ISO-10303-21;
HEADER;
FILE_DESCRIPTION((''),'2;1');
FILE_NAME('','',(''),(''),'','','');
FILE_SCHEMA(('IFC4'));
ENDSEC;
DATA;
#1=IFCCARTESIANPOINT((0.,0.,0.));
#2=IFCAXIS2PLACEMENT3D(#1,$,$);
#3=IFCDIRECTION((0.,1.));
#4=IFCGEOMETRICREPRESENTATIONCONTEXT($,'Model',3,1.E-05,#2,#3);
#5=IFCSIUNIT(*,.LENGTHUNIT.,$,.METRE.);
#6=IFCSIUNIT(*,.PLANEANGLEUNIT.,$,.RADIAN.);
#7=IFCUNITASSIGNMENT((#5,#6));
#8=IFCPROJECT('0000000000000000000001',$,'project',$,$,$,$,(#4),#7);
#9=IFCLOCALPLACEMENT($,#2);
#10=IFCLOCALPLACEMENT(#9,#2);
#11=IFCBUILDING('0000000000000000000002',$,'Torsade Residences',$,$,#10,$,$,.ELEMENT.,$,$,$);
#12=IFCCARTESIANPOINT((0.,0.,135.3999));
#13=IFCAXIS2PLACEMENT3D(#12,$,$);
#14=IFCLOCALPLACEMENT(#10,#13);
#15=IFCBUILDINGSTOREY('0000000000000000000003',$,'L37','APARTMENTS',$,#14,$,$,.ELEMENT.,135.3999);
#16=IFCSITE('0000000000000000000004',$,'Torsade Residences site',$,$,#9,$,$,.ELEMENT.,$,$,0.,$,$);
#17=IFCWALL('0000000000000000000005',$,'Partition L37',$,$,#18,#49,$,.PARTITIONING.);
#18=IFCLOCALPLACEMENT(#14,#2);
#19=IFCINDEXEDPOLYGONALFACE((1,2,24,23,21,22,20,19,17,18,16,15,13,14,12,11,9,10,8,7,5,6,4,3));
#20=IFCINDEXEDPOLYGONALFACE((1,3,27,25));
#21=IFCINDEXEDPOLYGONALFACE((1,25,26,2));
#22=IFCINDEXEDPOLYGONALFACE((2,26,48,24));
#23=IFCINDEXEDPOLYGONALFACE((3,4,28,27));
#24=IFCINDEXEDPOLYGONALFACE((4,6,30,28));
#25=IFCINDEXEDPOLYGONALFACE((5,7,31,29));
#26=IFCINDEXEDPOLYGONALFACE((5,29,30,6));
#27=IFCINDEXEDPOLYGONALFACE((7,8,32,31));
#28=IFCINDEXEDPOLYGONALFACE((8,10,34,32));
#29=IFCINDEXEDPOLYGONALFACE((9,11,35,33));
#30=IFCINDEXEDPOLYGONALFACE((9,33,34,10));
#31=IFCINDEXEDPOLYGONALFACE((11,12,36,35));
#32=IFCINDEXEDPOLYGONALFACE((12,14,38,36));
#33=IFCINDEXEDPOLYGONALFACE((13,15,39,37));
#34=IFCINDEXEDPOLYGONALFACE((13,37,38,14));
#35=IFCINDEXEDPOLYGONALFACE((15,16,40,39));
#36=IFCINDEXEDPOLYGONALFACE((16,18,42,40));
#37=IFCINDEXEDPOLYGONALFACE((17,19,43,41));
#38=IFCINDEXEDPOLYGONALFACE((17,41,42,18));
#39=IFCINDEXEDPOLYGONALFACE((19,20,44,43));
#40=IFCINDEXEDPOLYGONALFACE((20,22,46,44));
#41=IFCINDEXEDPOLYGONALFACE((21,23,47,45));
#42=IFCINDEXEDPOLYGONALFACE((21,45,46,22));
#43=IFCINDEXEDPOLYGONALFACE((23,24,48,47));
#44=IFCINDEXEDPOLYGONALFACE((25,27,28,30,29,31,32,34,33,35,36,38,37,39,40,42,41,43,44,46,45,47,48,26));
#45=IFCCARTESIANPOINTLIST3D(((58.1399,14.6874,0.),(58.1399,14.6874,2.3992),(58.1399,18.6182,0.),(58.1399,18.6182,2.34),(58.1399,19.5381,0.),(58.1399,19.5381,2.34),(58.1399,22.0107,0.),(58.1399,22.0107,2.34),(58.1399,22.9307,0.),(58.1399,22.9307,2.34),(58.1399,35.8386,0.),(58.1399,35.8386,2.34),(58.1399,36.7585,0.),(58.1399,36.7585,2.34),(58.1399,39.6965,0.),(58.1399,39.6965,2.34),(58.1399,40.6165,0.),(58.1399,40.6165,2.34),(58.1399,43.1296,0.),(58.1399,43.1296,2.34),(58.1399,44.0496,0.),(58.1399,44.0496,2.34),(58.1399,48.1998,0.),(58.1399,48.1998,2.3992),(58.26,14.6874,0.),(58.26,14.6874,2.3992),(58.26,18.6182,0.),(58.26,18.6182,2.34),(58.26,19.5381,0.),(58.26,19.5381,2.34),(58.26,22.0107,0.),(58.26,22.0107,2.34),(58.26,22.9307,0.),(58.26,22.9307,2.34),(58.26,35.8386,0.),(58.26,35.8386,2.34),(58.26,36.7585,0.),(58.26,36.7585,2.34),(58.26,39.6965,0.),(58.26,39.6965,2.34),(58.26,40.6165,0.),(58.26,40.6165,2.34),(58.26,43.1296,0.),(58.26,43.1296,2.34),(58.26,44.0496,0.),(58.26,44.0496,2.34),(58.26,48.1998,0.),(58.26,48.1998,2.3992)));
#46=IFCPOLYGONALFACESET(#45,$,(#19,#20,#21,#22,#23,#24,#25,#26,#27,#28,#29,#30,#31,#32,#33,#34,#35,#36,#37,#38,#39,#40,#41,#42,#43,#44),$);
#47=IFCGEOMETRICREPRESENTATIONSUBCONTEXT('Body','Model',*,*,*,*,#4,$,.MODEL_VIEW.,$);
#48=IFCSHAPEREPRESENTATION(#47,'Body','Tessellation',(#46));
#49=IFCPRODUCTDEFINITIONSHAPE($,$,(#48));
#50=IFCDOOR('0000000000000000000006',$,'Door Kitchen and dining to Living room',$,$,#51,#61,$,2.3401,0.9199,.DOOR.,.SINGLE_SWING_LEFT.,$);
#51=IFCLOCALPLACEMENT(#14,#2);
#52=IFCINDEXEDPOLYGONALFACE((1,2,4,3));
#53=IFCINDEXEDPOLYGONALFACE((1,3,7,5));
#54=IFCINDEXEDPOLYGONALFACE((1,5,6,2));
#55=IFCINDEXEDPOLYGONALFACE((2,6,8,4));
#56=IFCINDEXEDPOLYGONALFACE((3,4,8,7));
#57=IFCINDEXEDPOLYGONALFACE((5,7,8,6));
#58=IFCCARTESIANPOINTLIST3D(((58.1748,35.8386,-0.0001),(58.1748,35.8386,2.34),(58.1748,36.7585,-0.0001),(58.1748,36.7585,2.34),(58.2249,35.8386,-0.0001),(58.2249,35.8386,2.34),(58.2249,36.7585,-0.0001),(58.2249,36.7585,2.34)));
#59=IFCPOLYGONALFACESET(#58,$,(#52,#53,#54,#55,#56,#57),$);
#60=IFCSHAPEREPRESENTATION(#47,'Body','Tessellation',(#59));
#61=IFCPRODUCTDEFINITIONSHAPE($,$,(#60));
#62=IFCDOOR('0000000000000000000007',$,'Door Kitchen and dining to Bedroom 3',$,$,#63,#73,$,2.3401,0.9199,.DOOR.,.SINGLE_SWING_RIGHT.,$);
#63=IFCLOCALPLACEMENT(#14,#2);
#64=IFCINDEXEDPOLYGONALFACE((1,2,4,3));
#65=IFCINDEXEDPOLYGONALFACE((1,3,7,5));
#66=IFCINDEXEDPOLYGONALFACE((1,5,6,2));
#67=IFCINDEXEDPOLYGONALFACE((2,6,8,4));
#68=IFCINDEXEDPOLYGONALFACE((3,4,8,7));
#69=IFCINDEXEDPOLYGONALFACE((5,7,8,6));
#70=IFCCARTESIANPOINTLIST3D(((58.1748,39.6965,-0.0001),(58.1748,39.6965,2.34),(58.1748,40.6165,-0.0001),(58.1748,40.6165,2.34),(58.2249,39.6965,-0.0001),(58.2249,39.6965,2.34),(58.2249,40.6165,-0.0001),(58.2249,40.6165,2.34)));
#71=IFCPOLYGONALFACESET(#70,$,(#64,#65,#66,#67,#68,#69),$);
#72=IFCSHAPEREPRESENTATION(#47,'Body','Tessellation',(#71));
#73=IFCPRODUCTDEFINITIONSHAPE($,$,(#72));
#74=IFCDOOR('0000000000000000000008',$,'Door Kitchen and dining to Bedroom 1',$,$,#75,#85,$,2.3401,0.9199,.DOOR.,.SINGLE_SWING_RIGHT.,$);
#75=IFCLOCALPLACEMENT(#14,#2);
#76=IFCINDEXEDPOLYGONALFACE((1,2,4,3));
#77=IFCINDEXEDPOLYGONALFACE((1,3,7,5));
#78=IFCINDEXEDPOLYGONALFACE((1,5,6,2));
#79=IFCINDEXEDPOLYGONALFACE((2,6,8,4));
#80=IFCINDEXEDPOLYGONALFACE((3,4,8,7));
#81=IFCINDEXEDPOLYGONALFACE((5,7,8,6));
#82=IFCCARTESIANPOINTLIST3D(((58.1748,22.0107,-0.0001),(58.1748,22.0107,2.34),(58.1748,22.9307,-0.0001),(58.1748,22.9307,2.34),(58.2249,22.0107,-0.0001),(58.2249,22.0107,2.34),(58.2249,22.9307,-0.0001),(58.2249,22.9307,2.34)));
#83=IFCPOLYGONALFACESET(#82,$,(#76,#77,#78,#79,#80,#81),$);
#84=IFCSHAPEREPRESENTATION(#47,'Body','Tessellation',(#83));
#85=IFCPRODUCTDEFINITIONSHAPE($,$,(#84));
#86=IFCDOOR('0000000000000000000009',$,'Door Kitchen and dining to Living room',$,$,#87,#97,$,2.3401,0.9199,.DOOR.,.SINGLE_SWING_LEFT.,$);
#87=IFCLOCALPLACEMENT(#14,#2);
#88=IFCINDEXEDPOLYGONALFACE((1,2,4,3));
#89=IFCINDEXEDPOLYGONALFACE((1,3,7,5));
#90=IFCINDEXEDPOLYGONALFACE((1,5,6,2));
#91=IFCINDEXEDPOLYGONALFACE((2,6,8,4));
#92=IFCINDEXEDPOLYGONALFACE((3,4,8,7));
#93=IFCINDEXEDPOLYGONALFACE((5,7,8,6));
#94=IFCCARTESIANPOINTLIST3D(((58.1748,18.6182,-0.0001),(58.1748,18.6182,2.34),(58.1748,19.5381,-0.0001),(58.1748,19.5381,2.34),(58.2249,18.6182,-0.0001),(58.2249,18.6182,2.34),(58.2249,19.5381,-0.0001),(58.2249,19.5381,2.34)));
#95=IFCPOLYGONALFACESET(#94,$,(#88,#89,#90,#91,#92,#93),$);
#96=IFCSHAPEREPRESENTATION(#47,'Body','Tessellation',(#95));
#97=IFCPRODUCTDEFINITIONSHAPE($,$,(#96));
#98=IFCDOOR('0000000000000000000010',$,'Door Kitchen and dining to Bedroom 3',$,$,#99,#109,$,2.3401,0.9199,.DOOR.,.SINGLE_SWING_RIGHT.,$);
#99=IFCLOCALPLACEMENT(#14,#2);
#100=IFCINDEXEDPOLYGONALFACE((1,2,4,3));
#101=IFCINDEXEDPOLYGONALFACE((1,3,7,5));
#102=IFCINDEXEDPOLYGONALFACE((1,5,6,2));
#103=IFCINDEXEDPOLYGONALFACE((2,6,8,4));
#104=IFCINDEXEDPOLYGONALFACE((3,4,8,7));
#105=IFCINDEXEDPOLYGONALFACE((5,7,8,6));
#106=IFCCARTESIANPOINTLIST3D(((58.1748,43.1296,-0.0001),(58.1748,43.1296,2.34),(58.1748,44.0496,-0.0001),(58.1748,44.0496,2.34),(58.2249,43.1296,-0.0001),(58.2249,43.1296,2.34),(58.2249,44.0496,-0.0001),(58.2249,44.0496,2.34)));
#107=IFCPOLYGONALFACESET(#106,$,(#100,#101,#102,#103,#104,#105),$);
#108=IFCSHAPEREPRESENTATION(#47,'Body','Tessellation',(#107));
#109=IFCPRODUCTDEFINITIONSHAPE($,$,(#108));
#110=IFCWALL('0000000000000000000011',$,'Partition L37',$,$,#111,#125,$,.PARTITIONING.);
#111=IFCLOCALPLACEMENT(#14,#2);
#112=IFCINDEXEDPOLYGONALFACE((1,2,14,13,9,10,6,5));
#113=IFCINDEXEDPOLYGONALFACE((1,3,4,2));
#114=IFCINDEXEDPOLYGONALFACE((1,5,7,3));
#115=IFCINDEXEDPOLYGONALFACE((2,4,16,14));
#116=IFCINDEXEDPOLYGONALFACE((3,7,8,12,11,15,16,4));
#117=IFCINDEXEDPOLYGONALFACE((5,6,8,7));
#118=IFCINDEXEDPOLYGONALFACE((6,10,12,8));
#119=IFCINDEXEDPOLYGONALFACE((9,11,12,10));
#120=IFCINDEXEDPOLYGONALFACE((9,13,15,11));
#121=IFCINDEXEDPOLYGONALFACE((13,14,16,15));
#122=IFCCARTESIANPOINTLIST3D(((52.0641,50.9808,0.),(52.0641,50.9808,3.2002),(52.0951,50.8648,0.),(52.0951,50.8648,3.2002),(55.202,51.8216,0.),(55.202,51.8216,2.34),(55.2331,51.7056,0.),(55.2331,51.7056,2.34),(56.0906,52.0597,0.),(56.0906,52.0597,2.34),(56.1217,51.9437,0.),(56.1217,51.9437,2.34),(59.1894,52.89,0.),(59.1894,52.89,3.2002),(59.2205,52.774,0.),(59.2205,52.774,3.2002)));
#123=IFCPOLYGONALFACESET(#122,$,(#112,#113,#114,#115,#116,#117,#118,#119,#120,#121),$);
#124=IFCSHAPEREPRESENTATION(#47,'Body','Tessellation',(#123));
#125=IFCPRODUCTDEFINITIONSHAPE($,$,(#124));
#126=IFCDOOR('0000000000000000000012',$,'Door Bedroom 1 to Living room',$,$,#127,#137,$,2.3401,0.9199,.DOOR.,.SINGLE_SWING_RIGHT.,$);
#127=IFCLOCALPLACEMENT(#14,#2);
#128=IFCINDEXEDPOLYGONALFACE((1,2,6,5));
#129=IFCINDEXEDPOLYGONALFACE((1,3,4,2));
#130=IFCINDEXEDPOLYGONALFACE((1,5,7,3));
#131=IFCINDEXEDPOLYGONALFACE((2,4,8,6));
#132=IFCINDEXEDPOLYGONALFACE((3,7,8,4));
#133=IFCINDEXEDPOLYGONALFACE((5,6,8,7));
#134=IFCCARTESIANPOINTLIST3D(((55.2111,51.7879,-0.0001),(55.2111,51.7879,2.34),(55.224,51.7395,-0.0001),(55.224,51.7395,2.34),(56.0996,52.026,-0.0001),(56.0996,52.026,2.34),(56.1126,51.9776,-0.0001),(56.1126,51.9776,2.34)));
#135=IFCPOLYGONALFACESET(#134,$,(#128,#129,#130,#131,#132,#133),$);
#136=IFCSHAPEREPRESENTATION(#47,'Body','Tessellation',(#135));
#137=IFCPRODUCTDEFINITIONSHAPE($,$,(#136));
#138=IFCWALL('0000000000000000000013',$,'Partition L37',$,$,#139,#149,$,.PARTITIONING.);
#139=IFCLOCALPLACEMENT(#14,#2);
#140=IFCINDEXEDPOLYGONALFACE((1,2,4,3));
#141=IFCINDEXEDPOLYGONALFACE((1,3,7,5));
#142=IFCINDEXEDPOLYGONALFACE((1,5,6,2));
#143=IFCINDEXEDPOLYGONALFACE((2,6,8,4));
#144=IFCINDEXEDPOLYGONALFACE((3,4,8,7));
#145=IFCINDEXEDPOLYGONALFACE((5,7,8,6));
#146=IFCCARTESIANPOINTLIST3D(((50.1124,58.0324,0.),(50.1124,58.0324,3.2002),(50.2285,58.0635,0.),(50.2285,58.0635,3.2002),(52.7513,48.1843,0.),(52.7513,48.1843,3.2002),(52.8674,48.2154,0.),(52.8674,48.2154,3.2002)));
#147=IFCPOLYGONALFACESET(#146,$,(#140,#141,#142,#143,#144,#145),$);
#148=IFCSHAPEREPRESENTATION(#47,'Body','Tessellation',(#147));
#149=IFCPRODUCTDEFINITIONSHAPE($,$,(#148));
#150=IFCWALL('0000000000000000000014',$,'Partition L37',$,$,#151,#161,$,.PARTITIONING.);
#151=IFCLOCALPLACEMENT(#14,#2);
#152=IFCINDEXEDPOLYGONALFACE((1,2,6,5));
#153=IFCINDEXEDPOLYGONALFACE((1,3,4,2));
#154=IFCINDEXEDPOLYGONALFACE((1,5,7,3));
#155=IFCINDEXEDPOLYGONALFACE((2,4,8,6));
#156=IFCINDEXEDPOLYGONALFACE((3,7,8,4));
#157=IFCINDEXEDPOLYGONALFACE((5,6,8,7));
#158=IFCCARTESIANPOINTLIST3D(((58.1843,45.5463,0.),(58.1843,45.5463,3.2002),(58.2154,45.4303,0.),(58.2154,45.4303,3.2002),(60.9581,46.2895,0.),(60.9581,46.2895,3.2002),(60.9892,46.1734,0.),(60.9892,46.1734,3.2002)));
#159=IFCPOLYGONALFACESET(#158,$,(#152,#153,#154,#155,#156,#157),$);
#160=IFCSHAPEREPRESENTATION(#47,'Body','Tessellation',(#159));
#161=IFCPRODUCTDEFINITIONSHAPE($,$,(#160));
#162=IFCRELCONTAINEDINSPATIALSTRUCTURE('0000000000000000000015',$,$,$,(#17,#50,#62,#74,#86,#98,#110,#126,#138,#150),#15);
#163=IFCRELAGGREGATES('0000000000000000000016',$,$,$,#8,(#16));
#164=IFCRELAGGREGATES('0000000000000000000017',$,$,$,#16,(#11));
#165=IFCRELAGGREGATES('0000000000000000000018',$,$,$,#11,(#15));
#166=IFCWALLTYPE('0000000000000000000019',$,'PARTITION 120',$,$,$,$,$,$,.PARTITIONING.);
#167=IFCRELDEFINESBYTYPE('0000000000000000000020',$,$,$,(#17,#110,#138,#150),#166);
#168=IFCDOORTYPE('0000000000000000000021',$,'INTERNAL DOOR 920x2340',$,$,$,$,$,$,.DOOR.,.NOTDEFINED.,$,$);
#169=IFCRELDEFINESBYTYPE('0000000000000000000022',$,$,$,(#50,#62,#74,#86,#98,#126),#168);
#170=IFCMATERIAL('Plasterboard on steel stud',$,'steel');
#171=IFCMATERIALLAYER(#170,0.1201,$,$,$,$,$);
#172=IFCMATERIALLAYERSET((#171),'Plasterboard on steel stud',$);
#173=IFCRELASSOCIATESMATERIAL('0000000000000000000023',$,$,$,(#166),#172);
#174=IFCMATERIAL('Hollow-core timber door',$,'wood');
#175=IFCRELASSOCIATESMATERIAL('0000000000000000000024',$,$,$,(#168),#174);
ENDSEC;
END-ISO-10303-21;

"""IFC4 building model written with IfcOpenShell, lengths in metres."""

from ifc_helpers import new_model, si_unit, direction, frame, frame_2d, origin, place, context, subcontext, project, spatial, rectangle, extrude, material, layer, layer_set, type_object, element, fill, save


model = new_model("IFC4")

# Units and contexts
model_context = context("Model", 3, precision=1e-05, world=origin(), true_north=direction((0.0, 1.0)))
body_context = subcontext(model_context, "Body", "Model", "MODEL_VIEW")
ifc_project = project(units=[si_unit("LENGTHUNIT", "METRE"), si_unit("PLANEANGLEUNIT", "RADIAN")], contexts=[model_context])

# Site, building, storey
site_placement = place(None, origin())
site = spatial("IfcSite", under=ifc_project, at=site_placement, Name="Torsade Residences site", CompositionType="ELEMENT", RefElevation=0.0)
building_placement = place(site_placement, origin())
building = spatial("IfcBuilding", under=site, at=building_placement, Name="Torsade Residences", CompositionType="ELEMENT")
storey_placement = place(building_placement, frame((0.0, 0.0, 135.3999)))
storey = spatial("IfcBuildingStorey", under=building, at=storey_placement, Name="L37", Description="APARTMENTS", CompositionType="ELEMENT", Elevation=135.3999)

# Wall, openings, doors
ifc_material_1 = material(Name="Plasterboard on steel stud", Category="steel")
ifc_layer_1 = layer(ifc_material_1, 0.1201)
ifc_layer_set_1 = layer_set([ifc_layer_1], Name="Plasterboard on steel stud")
wall_type = type_object("IfcWallType", Name="PARTITION 120", PredefinedType="PARTITIONING", material=ifc_layer_set_1)
wall_1_placement = place(storey_placement, frame((58.2, 48.2, 0.0), z_axis=(0.0, 0.0, 1.0), x_axis=(0.0, -1.0, 0.0)))
wall_1 = element("IfcWall", 1, at=wall_1_placement, inside=storey, type_object=wall_type, Name="Partition L37", PredefinedType="PARTITIONING", context=body_context, shape_type="SweptSolid", body=[
    extrude(rectangle(XDim=33.5125, YDim=0.1201, at=frame_2d((16.7563, 0.0))), origin(), (0.0, 0.0, 1.0), 2.3992),
])
opening_1_placement = place(wall_1_placement, frame((11.4414, 0.0, 0.0)))
opening_1 = element("IfcOpeningElement", 2, at=opening_1_placement, cuts=wall_1, PredefinedType="OPENING", context=body_context, shape_type="SweptSolid", body=[
    extrude(rectangle(XDim=0.9199, YDim=2.3401, at=frame_2d((0.46, 1.1699))), frame((0.0, 0.0701, 0.0), z_axis=(0.0, -1.0, 0.0), x_axis=(1.0, 0.0, 0.0)), (0.0, 0.0, 1.0), 0.1401),
])
opening_2_placement = place(wall_1_placement, frame((7.5835, 0.0, 0.0)))
opening_2 = element("IfcOpeningElement", 3, at=opening_2_placement, cuts=wall_1, PredefinedType="OPENING", context=body_context, shape_type="SweptSolid", body=[
    extrude(rectangle(XDim=0.9199, YDim=2.3401, at=frame_2d((0.46, 1.1699))), frame((0.0, 0.0701, 0.0), z_axis=(0.0, -1.0, 0.0), x_axis=(1.0, 0.0, 0.0)), (0.0, 0.0, 1.0), 0.1401),
])
opening_3_placement = place(wall_1_placement, frame((25.2693, 0.0, 0.0)))
opening_3 = element("IfcOpeningElement", 4, at=opening_3_placement, cuts=wall_1, PredefinedType="OPENING", context=body_context, shape_type="SweptSolid", body=[
    extrude(rectangle(XDim=0.9199, YDim=2.3401, at=frame_2d((0.46, 1.1699))), frame((0.0, 0.0701, 0.0), z_axis=(0.0, -1.0, 0.0), x_axis=(1.0, 0.0, 0.0)), (0.0, 0.0, 1.0), 0.1401),
])
opening_4_placement = place(wall_1_placement, frame((28.6619, 0.0, 0.0)))
opening_4 = element("IfcOpeningElement", 5, at=opening_4_placement, cuts=wall_1, PredefinedType="OPENING", context=body_context, shape_type="SweptSolid", body=[
    extrude(rectangle(XDim=0.9199, YDim=2.3401, at=frame_2d((0.46, 1.1699))), frame((0.0, 0.0701, 0.0), z_axis=(0.0, -1.0, 0.0), x_axis=(1.0, 0.0, 0.0)), (0.0, 0.0, 1.0), 0.1401),
])
opening_5_placement = place(wall_1_placement, frame((4.1504, 0.0, 0.0)))
opening_5 = element("IfcOpeningElement", 6, at=opening_5_placement, cuts=wall_1, PredefinedType="OPENING", context=body_context, shape_type="SweptSolid", body=[
    extrude(rectangle(XDim=0.9199, YDim=2.3401, at=frame_2d((0.46, 1.1699))), frame((0.0, 0.0701, 0.0), z_axis=(0.0, -1.0, 0.0), x_axis=(1.0, 0.0, 0.0)), (0.0, 0.0, 1.0), 0.1401),
])
ifc_material_2 = material(Name="Hollow-core timber door", Category="wood")
door_type = type_object("IfcDoorType", Name="INTERNAL DOOR 920x2340", OperationType="NOTDEFINED", PredefinedType="DOOR", material=ifc_material_2)
door_1_placement = place(opening_1_placement, origin())
door_1 = element("IfcDoor", 7, at=door_1_placement, inside=storey, type_object=door_type, Name="Door Kitchen and dining to Living room", OperationType="SINGLE_SWING_LEFT", OverallHeight=2.3401, OverallWidth=0.9199, PredefinedType="DOOR", context=body_context, shape_type="SweptSolid", body=[
    extrude(rectangle(XDim=0.9199, YDim=2.3401, at=frame_2d((0.46, 1.1699))), frame((0.0, 0.0249, 0.0), z_axis=(0.0, -1.0, 0.0), x_axis=(1.0, 0.0, 0.0)), (0.0, 0.0, 1.0), 0.05),
])
fill(opening_1, door_1)
door_2_placement = place(opening_2_placement, origin())
door_2 = element("IfcDoor", 8, at=door_2_placement, inside=storey, type_object=door_type, Name="Door Kitchen and dining to Bedroom 3", OperationType="SINGLE_SWING_RIGHT", OverallHeight=2.3401, OverallWidth=0.9199, PredefinedType="DOOR", context=body_context, shape_type="SweptSolid", body=[
    extrude(rectangle(XDim=0.9199, YDim=2.3401, at=frame_2d((0.46, 1.1699))), frame((0.0, 0.0249, 0.0), z_axis=(0.0, -1.0, 0.0), x_axis=(1.0, 0.0, 0.0)), (0.0, 0.0, 1.0), 0.05),
])
fill(opening_2, door_2)
door_3_placement = place(opening_3_placement, origin())
door_3 = element("IfcDoor", 9, at=door_3_placement, inside=storey, type_object=door_type, Name="Door Kitchen and dining to Bedroom 1", OperationType="SINGLE_SWING_RIGHT", OverallHeight=2.3401, OverallWidth=0.9199, PredefinedType="DOOR", context=body_context, shape_type="SweptSolid", body=[
    extrude(rectangle(XDim=0.9199, YDim=2.3401, at=frame_2d((0.46, 1.1699))), frame((0.0, 0.0249, 0.0), z_axis=(0.0, -1.0, 0.0), x_axis=(1.0, 0.0, 0.0)), (0.0, 0.0, 1.0), 0.05),
])
fill(opening_3, door_3)
door_4_placement = place(opening_4_placement, origin())
door_4 = element("IfcDoor", 10, at=door_4_placement, inside=storey, type_object=door_type, Name="Door Kitchen and dining to Living room", OperationType="SINGLE_SWING_LEFT", OverallHeight=2.3401, OverallWidth=0.9199, PredefinedType="DOOR", context=body_context, shape_type="SweptSolid", body=[
    extrude(rectangle(XDim=0.9199, YDim=2.3401, at=frame_2d((0.46, 1.1699))), frame((0.0, 0.0249, 0.0), z_axis=(0.0, -1.0, 0.0), x_axis=(1.0, 0.0, 0.0)), (0.0, 0.0, 1.0), 0.05),
])
fill(opening_4, door_4)
door_5_placement = place(opening_5_placement, origin())
door_5 = element("IfcDoor", 11, at=door_5_placement, inside=storey, type_object=door_type, Name="Door Kitchen and dining to Bedroom 3", OperationType="SINGLE_SWING_RIGHT", OverallHeight=2.3401, OverallWidth=0.9199, PredefinedType="DOOR", context=body_context, shape_type="SweptSolid", body=[
    extrude(rectangle(XDim=0.9199, YDim=2.3401, at=frame_2d((0.46, 1.1699))), frame((0.0, 0.0249, 0.0), z_axis=(0.0, -1.0, 0.0), x_axis=(1.0, 0.0, 0.0)), (0.0, 0.0, 1.0), 0.05),
])
fill(opening_5, door_5)

# Wall, opening, door
wall_2_placement = place(storey_placement, frame((59.2051, 52.832, 0.0), z_axis=(0.0, 0.0, 1.0), x_axis=(-0.965927, -0.258816, 0.0)))
wall_2 = element("IfcWall", 12, at=wall_2_placement, inside=storey, type_object=wall_type, Name="Partition L37", PredefinedType="PARTITIONING", context=body_context, shape_type="SweptSolid", body=[
    extrude(rectangle(XDim=7.3767, YDim=0.1201, at=frame_2d((3.6885, 0.0))), origin(), (0.0, 0.0, 1.0), 3.2002),
])
opening_6_placement = place(wall_2_placement, frame((3.2083, 0.0, 0.0)))
opening_6 = element("IfcOpeningElement", 13, at=opening_6_placement, cuts=wall_2, PredefinedType="OPENING", context=body_context, shape_type="SweptSolid", body=[
    extrude(rectangle(XDim=0.9199, YDim=2.3401, at=frame_2d((0.46, 1.1699))), frame((0.0, 0.0701, 0.0), z_axis=(0.0, -1.0, 0.0), x_axis=(1.0, 0.0, 0.0)), (0.0, 0.0, 1.0), 0.1401),
])
door_6_placement = place(opening_6_placement, origin())
door_6 = element("IfcDoor", 14, at=door_6_placement, inside=storey, type_object=door_type, Name="Door Bedroom 1 to Living room", OperationType="SINGLE_SWING_RIGHT", OverallHeight=2.3401, OverallWidth=0.9199, PredefinedType="DOOR", context=body_context, shape_type="SweptSolid", body=[
    extrude(rectangle(XDim=0.9199, YDim=2.3401, at=frame_2d((0.46, 1.1699))), frame((0.0, 0.0249, 0.0), z_axis=(0.0, -1.0, 0.0), x_axis=(1.0, 0.0, 0.0)), (0.0, 0.0, 1.0), 0.05),
])
fill(opening_6, door_6)

# Walls
wall_3_placement = place(storey_placement, frame((52.8093, 48.2, 0.0), z_axis=(0.0, 0.0, 1.0), x_axis=(-0.258829, 0.965923, 0.0)))
element("IfcWall", 15, at=wall_3_placement, inside=storey, type_object=wall_type, Name="Partition L37", PredefinedType="PARTITIONING", context=body_context, shape_type="SweptSolid", body=[
    extrude(rectangle(XDim=10.1956, YDim=0.1201, at=frame_2d((5.0977, 0.0))), origin(), (0.0, 0.0, 1.0), 3.2002),
])
wall_4_placement = place(storey_placement, frame((60.9736, 46.2314, 0.0), z_axis=(0.0, 0.0, 1.0), x_axis=(-0.965929, -0.258805, 0.0)))
element("IfcWall", 16, at=wall_4_placement, inside=storey, type_object=wall_type, Name="Partition L37", PredefinedType="PARTITIONING", context=body_context, shape_type="SweptSolid", body=[
    extrude(rectangle(XDim=2.8716, YDim=0.1201, at=frame_2d((1.4358, 0.0))), origin(), (0.0, 0.0, 1.0), 3.2002),
])

save(model, "model.ifc")
